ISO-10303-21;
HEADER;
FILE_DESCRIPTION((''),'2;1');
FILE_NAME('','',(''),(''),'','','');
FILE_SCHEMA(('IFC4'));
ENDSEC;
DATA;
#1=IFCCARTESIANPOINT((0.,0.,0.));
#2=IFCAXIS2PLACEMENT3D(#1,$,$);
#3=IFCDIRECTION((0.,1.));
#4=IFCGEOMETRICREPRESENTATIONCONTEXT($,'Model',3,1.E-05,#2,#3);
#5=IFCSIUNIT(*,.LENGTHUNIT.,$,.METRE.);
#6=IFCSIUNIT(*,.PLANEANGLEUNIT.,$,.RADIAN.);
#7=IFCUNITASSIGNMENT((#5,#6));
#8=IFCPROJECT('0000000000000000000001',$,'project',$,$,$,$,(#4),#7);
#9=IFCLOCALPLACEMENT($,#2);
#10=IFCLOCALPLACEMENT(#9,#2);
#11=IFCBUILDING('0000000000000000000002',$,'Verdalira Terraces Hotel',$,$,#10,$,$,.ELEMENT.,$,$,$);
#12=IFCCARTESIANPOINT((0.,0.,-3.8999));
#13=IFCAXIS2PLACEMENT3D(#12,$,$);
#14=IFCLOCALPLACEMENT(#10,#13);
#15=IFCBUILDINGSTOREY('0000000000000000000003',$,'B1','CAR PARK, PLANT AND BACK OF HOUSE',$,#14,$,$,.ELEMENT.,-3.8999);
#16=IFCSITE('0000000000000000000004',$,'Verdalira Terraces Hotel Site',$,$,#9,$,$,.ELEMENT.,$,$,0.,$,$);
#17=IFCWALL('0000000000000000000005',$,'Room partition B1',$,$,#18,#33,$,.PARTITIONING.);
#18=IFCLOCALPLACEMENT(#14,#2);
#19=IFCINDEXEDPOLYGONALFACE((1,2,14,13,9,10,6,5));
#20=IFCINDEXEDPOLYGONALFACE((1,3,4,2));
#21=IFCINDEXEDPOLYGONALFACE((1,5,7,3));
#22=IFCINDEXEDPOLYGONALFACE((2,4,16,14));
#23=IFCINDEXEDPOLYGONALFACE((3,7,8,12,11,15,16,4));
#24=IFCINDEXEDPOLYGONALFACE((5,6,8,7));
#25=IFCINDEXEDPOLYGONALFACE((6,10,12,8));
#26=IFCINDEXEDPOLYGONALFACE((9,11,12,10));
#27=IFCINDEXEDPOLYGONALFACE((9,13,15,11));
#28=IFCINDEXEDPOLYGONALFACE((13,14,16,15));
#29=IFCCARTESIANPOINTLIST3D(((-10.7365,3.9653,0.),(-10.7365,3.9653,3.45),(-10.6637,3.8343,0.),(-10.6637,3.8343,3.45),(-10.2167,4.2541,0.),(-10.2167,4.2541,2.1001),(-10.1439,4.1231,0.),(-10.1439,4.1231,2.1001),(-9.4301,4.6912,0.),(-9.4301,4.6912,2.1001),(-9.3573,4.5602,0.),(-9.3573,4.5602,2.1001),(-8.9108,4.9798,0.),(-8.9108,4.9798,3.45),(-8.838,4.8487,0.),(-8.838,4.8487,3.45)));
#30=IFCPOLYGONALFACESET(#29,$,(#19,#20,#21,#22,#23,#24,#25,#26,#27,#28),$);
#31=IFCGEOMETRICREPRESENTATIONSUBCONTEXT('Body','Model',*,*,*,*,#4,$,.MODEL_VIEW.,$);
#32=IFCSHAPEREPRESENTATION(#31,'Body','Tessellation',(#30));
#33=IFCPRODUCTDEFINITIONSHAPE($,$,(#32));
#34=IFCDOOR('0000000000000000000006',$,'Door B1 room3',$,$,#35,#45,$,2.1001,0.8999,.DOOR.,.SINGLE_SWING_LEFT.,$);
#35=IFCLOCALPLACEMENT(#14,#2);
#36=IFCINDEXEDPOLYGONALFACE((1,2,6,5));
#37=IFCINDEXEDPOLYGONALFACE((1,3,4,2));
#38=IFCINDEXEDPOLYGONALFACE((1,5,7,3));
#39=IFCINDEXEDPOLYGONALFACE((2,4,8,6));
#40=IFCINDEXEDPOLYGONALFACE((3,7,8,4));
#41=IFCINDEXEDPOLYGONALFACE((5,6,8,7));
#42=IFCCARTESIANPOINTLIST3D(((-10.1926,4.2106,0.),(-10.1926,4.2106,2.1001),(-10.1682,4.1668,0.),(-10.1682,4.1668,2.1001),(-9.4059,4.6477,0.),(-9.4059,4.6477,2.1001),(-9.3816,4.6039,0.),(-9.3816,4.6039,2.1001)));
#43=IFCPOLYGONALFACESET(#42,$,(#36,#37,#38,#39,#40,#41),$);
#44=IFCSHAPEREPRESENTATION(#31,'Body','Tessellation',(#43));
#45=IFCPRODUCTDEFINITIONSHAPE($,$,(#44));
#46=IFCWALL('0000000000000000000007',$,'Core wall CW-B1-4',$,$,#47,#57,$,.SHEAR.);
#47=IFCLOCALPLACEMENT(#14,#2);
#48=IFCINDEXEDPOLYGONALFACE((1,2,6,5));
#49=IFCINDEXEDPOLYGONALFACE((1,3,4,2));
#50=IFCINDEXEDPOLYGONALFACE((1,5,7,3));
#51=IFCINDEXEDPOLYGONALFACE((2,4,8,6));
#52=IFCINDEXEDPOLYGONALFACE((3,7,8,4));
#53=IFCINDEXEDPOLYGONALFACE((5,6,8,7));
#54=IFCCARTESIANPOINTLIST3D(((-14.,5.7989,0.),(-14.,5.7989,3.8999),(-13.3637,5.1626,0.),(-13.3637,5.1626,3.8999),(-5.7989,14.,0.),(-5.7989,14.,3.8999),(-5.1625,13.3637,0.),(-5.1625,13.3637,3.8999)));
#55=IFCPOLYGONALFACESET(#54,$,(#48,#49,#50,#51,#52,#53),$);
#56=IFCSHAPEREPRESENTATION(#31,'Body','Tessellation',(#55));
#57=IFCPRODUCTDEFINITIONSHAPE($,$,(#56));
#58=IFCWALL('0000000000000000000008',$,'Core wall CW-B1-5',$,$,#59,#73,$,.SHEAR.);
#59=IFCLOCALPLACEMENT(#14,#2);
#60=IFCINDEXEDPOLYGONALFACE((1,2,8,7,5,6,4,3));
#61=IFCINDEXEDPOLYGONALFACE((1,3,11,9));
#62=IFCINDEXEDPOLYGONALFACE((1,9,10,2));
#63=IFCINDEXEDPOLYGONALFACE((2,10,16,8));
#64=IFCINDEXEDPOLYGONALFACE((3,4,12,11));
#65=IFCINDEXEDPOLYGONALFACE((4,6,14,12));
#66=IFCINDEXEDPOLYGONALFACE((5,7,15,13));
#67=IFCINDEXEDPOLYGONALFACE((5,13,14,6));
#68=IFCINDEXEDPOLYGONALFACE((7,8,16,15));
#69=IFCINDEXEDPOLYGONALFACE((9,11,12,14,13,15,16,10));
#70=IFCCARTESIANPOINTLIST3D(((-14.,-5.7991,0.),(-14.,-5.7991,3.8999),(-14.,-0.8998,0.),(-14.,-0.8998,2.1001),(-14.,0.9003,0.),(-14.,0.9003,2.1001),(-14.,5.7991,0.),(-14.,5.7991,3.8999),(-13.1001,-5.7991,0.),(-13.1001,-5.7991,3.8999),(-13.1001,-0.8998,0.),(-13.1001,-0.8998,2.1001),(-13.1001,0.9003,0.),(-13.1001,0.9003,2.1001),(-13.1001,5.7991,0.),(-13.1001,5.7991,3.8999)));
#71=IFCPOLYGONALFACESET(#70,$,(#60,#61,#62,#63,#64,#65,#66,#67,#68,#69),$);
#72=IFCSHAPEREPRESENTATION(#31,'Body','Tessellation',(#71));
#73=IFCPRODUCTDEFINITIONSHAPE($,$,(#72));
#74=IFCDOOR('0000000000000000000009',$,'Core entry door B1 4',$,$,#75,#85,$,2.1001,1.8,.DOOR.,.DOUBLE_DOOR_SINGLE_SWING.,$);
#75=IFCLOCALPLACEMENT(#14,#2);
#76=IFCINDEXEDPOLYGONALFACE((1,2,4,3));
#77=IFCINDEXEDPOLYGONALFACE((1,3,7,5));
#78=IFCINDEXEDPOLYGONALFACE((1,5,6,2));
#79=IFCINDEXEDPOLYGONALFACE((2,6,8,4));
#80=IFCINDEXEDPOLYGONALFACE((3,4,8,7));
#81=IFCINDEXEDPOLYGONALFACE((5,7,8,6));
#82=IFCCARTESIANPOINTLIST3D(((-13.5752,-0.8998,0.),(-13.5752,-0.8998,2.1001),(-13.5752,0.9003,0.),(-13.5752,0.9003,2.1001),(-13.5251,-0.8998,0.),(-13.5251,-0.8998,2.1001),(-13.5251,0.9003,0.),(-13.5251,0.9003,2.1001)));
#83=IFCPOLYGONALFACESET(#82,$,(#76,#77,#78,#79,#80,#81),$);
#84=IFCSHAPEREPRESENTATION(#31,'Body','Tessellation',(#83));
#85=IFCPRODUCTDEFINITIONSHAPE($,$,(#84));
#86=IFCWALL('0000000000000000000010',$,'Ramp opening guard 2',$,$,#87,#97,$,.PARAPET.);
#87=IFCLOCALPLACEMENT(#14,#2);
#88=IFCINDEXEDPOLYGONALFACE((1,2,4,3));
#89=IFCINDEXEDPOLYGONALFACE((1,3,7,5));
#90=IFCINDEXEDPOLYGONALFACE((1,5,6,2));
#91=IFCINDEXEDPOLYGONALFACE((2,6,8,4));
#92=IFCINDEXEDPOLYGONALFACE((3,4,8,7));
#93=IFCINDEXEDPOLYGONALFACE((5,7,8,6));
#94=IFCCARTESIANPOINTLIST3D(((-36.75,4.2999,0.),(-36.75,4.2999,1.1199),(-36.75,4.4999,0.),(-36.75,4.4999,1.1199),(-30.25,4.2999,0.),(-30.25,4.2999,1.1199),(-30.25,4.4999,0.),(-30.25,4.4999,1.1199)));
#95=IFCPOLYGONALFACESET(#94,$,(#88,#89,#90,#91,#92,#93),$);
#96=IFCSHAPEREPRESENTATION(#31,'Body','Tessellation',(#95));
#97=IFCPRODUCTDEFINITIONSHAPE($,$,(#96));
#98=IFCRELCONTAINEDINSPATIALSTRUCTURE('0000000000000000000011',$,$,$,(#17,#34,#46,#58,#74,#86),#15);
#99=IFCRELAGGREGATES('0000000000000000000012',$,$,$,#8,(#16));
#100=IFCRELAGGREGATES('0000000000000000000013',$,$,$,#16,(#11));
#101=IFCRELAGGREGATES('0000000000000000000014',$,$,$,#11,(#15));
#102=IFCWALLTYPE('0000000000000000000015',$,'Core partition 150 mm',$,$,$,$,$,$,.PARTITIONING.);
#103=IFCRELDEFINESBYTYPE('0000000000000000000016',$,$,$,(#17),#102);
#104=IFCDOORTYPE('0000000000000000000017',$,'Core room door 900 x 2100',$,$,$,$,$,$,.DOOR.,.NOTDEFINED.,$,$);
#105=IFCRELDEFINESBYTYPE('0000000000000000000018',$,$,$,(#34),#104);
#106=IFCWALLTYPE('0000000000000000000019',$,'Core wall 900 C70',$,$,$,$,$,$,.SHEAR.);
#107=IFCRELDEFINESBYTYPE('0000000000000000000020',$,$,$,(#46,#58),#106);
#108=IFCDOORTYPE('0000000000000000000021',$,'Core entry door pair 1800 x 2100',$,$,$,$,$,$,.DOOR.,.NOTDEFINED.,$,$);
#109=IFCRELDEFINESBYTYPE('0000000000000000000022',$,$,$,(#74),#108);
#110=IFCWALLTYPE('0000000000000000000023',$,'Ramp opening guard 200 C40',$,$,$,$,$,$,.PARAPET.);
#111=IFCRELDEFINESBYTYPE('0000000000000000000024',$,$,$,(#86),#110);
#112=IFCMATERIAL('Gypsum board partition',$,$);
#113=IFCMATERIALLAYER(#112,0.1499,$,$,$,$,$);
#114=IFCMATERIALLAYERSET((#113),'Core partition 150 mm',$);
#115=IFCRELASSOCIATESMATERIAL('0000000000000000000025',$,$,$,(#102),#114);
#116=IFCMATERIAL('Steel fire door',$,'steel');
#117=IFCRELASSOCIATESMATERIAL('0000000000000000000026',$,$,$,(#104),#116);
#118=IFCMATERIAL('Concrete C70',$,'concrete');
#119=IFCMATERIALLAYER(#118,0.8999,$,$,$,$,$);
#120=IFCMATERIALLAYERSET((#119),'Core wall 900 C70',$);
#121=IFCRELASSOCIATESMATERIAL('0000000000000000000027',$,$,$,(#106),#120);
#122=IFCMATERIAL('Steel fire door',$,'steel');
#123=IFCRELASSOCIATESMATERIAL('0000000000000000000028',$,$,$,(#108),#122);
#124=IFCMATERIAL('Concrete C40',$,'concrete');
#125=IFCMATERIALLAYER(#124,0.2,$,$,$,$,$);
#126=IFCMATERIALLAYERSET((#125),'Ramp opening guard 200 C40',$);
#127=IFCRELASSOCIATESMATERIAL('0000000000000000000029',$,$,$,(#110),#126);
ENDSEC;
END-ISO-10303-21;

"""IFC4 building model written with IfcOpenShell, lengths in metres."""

from ifc_helpers import new_model, si_unit, direction, frame, frame_2d, origin, place, context, subcontext, project, spatial, rectangle, extrude, material, layer, layer_set, type_object, element, fill, save


model = new_model("IFC4")

# Units and contexts
model_context = context("Model", 3, precision=1e-05, world=origin(), true_north=direction((0.0, 1.0)))
body_context = subcontext(model_context, "Body", "Model", "MODEL_VIEW")
ifc_project = project(units=[si_unit("LENGTHUNIT", "METRE"), si_unit("PLANEANGLEUNIT", "RADIAN")], contexts=[model_context])

# Site, building, storey
site_placement = place(None, origin())
site = spatial("IfcSite", under=ifc_project, at=site_placement, Name="Verdalira Terraces Hotel Site", CompositionType="ELEMENT", RefElevation=0.0)
building_placement = place(site_placement, origin())
building = spatial("IfcBuilding", under=site, at=building_placement, Name="Verdalira Terraces Hotel", CompositionType="ELEMENT")
storey_placement = place(building_placement, frame((0.0, 0.0, -3.8999)))
storey = spatial("IfcBuildingStorey", under=building, at=storey_placement, Name="B1", Description="CAR PARK, PLANT AND BACK OF HOUSE", CompositionType="ELEMENT", Elevation=-3.8999)

# Wall, opening, door
ifc_material_1 = material(Name="Gypsum board partition")
ifc_layer_1 = layer(ifc_material_1, 0.1499)
ifc_layer_set_1 = layer_set([ifc_layer_1], Name="Core partition 150 mm")
wall_type_1 = type_object("IfcWallType", Name="Core partition 150 mm", PredefinedType="PARTITIONING", material=ifc_layer_set_1)
ifc_material_2 = material(Name="Steel fire door", Category="steel")
door_type_1 = type_object("IfcDoorType", Name="Core room door 900 x 2100", OperationType="NOTDEFINED", PredefinedType="DOOR", material=ifc_material_2)
wall_1_placement = place(storey_placement, frame((-8.8743, 4.9143, 0.0), z_axis=(0.0, 0.0, 1.0), x_axis=(-0.87413, -0.485693, 0.0)))
wall_1 = element("IfcWall", 1, at=wall_1_placement, inside=storey, type_object=wall_type_1, Name="Room partition B1", PredefinedType="PARTITIONING", context=body_context, shape_type="SweptSolid", body=[
    extrude(rectangle(XDim=2.0886, YDim=0.1499, at=frame_2d((1.0444, 0.0))), origin(), (0.0, 0.0, 1.0), 3.45),
])
opening_1_placement = place(wall_1_placement, frame((0.5942, 0.0, 0.0)))
opening_1 = element("IfcOpeningElement", 2, at=opening_1_placement, cuts=wall_1, PredefinedType="OPENING", context=body_context, shape_type="SweptSolid", body=[
    extrude(rectangle(XDim=0.8999, YDim=2.1001, at=frame_2d((0.45, 1.05))), frame((0.0, 0.085, 0.0), z_axis=(0.0, -1.0, 0.0), x_axis=(1.0, 0.0, 0.0)), (0.0, 0.0, 1.0), 0.1699),
])
door_1_placement = place(opening_1_placement, origin())
door_1 = element("IfcDoor", 3, at=door_1_placement, inside=storey, type_object=door_type_1, Name="Door B1 room3", OperationType="SINGLE_SWING_LEFT", OverallHeight=2.1001, OverallWidth=0.8999, PredefinedType="DOOR", context=body_context, shape_type="SweptSolid", body=[
    extrude(rectangle(XDim=0.8999, YDim=2.1001, at=frame_2d((0.45, 1.05))), frame((0.0, 0.0249, 0.0), z_axis=(0.0, -1.0, 0.0), x_axis=(1.0, 0.0, 0.0)), (0.0, 0.0, 1.0), 0.05),
])
fill(opening_1, door_1)

# Wall
ifc_material_3 = material(Name="Concrete C70", Category="concrete")
ifc_layer_2 = layer(ifc_material_3, 0.8999)
ifc_layer_set_2 = layer_set([ifc_layer_2], Name="Core wall 900 C70")
wall_type_2 = type_object("IfcWallType", Name="Core wall 900 C70", PredefinedType="SHEAR", material=ifc_layer_set_2)
wall_2_placement = place(storey_placement, frame((-5.4807, 13.6819, 0.0), z_axis=(0.0, 0.0, 1.0), x_axis=(-0.707107, -0.707107, 0.0)))
element("IfcWall", 4, at=wall_2_placement, inside=storey, type_object=wall_type_2, Name="Core wall CW-B1-4", PredefinedType="SHEAR", context=body_context, shape_type="SweptSolid", body=[
    extrude(rectangle(XDim=11.5981, YDim=0.8999, at=frame_2d((5.7991, 0.0))), origin(), (0.0, 0.0, 1.0), 3.8999),
])

# Wall, opening, door
wall_3_placement = place(storey_placement, frame((-13.55, 5.7991, 0.0), z_axis=(0.0, 0.0, 1.0), x_axis=(0.0, -1.0, 0.0)))
wall_3 = element("IfcWall", 5, at=wall_3_placement, inside=storey, type_object=wall_type_2, Name="Core wall CW-B1-5", PredefinedType="SHEAR", context=body_context, shape_type="SweptSolid", body=[
    extrude(rectangle(XDim=11.5981, YDim=0.8999, at=frame_2d((5.7991, 0.0))), origin(), (0.0, 0.0, 1.0), 3.8999),
])
opening_2_placement = place(wall_3_placement, frame((4.8989, 0.0, 0.0)))
opening_2 = element("IfcOpeningElement", 6, at=opening_2_placement, cuts=wall_3, PredefinedType="OPENING", context=body_context, shape_type="SweptSolid", body=[
    extrude(rectangle(XDim=1.8, YDim=2.1001, at=frame_2d((0.8999, 1.05))), frame((0.0, 0.46, 0.0), z_axis=(0.0, -1.0, 0.0), x_axis=(1.0, 0.0, 0.0)), (0.0, 0.0, 1.0), 0.9199),
])
ifc_material_4 = material(Name="Steel fire door", Category="steel")
door_type_2 = type_object("IfcDoorType", Name="Core entry door pair 1800 x 2100", OperationType="NOTDEFINED", PredefinedType="DOOR", material=ifc_material_4)
door_2_placement = place(opening_2_placement, origin())
door_2 = element("IfcDoor", 7, at=door_2_placement, inside=storey, type_object=door_type_2, Name="Core entry door B1 4", OperationType="DOUBLE_DOOR_SINGLE_SWING", OverallHeight=2.1001, OverallWidth=1.8, PredefinedType="DOOR", context=body_context, shape_type="SweptSolid", body=[
    extrude(rectangle(XDim=1.8, YDim=2.1001, at=frame_2d((0.8999, 1.05))), frame((0.0, 0.0249, 0.0), z_axis=(0.0, -1.0, 0.0), x_axis=(1.0, 0.0, 0.0)), (0.0, 0.0, 1.0), 0.05),
])
fill(opening_2, door_2)

# Wall
ifc_material_5 = material(Name="Concrete C40", Category="concrete")
ifc_layer_3 = layer(ifc_material_5, 0.2)
ifc_layer_set_3 = layer_set([ifc_layer_3], Name="Ramp opening guard 200 C40")
wall_type_3 = type_object("IfcWallType", Name="Ramp opening guard 200 C40", PredefinedType="PARAPET", material=ifc_layer_set_3)
wall_4_placement = place(storey_placement, frame((-30.25, 4.3999, 0.0), z_axis=(0.0, 0.0, 1.0), x_axis=(-1.0, 0.0, 0.0)))
element("IfcWall", 8, at=wall_4_placement, inside=storey, type_object=wall_type_3, Name="Ramp opening guard 2", PredefinedType="PARAPET", context=body_context, shape_type="SweptSolid", body=[
    extrude(rectangle(XDim=6.5, YDim=0.2, at=frame_2d((3.25, 0.0))), origin(), (0.0, 0.0, 1.0), 1.1199),
])

save(model, "model.ifc")
